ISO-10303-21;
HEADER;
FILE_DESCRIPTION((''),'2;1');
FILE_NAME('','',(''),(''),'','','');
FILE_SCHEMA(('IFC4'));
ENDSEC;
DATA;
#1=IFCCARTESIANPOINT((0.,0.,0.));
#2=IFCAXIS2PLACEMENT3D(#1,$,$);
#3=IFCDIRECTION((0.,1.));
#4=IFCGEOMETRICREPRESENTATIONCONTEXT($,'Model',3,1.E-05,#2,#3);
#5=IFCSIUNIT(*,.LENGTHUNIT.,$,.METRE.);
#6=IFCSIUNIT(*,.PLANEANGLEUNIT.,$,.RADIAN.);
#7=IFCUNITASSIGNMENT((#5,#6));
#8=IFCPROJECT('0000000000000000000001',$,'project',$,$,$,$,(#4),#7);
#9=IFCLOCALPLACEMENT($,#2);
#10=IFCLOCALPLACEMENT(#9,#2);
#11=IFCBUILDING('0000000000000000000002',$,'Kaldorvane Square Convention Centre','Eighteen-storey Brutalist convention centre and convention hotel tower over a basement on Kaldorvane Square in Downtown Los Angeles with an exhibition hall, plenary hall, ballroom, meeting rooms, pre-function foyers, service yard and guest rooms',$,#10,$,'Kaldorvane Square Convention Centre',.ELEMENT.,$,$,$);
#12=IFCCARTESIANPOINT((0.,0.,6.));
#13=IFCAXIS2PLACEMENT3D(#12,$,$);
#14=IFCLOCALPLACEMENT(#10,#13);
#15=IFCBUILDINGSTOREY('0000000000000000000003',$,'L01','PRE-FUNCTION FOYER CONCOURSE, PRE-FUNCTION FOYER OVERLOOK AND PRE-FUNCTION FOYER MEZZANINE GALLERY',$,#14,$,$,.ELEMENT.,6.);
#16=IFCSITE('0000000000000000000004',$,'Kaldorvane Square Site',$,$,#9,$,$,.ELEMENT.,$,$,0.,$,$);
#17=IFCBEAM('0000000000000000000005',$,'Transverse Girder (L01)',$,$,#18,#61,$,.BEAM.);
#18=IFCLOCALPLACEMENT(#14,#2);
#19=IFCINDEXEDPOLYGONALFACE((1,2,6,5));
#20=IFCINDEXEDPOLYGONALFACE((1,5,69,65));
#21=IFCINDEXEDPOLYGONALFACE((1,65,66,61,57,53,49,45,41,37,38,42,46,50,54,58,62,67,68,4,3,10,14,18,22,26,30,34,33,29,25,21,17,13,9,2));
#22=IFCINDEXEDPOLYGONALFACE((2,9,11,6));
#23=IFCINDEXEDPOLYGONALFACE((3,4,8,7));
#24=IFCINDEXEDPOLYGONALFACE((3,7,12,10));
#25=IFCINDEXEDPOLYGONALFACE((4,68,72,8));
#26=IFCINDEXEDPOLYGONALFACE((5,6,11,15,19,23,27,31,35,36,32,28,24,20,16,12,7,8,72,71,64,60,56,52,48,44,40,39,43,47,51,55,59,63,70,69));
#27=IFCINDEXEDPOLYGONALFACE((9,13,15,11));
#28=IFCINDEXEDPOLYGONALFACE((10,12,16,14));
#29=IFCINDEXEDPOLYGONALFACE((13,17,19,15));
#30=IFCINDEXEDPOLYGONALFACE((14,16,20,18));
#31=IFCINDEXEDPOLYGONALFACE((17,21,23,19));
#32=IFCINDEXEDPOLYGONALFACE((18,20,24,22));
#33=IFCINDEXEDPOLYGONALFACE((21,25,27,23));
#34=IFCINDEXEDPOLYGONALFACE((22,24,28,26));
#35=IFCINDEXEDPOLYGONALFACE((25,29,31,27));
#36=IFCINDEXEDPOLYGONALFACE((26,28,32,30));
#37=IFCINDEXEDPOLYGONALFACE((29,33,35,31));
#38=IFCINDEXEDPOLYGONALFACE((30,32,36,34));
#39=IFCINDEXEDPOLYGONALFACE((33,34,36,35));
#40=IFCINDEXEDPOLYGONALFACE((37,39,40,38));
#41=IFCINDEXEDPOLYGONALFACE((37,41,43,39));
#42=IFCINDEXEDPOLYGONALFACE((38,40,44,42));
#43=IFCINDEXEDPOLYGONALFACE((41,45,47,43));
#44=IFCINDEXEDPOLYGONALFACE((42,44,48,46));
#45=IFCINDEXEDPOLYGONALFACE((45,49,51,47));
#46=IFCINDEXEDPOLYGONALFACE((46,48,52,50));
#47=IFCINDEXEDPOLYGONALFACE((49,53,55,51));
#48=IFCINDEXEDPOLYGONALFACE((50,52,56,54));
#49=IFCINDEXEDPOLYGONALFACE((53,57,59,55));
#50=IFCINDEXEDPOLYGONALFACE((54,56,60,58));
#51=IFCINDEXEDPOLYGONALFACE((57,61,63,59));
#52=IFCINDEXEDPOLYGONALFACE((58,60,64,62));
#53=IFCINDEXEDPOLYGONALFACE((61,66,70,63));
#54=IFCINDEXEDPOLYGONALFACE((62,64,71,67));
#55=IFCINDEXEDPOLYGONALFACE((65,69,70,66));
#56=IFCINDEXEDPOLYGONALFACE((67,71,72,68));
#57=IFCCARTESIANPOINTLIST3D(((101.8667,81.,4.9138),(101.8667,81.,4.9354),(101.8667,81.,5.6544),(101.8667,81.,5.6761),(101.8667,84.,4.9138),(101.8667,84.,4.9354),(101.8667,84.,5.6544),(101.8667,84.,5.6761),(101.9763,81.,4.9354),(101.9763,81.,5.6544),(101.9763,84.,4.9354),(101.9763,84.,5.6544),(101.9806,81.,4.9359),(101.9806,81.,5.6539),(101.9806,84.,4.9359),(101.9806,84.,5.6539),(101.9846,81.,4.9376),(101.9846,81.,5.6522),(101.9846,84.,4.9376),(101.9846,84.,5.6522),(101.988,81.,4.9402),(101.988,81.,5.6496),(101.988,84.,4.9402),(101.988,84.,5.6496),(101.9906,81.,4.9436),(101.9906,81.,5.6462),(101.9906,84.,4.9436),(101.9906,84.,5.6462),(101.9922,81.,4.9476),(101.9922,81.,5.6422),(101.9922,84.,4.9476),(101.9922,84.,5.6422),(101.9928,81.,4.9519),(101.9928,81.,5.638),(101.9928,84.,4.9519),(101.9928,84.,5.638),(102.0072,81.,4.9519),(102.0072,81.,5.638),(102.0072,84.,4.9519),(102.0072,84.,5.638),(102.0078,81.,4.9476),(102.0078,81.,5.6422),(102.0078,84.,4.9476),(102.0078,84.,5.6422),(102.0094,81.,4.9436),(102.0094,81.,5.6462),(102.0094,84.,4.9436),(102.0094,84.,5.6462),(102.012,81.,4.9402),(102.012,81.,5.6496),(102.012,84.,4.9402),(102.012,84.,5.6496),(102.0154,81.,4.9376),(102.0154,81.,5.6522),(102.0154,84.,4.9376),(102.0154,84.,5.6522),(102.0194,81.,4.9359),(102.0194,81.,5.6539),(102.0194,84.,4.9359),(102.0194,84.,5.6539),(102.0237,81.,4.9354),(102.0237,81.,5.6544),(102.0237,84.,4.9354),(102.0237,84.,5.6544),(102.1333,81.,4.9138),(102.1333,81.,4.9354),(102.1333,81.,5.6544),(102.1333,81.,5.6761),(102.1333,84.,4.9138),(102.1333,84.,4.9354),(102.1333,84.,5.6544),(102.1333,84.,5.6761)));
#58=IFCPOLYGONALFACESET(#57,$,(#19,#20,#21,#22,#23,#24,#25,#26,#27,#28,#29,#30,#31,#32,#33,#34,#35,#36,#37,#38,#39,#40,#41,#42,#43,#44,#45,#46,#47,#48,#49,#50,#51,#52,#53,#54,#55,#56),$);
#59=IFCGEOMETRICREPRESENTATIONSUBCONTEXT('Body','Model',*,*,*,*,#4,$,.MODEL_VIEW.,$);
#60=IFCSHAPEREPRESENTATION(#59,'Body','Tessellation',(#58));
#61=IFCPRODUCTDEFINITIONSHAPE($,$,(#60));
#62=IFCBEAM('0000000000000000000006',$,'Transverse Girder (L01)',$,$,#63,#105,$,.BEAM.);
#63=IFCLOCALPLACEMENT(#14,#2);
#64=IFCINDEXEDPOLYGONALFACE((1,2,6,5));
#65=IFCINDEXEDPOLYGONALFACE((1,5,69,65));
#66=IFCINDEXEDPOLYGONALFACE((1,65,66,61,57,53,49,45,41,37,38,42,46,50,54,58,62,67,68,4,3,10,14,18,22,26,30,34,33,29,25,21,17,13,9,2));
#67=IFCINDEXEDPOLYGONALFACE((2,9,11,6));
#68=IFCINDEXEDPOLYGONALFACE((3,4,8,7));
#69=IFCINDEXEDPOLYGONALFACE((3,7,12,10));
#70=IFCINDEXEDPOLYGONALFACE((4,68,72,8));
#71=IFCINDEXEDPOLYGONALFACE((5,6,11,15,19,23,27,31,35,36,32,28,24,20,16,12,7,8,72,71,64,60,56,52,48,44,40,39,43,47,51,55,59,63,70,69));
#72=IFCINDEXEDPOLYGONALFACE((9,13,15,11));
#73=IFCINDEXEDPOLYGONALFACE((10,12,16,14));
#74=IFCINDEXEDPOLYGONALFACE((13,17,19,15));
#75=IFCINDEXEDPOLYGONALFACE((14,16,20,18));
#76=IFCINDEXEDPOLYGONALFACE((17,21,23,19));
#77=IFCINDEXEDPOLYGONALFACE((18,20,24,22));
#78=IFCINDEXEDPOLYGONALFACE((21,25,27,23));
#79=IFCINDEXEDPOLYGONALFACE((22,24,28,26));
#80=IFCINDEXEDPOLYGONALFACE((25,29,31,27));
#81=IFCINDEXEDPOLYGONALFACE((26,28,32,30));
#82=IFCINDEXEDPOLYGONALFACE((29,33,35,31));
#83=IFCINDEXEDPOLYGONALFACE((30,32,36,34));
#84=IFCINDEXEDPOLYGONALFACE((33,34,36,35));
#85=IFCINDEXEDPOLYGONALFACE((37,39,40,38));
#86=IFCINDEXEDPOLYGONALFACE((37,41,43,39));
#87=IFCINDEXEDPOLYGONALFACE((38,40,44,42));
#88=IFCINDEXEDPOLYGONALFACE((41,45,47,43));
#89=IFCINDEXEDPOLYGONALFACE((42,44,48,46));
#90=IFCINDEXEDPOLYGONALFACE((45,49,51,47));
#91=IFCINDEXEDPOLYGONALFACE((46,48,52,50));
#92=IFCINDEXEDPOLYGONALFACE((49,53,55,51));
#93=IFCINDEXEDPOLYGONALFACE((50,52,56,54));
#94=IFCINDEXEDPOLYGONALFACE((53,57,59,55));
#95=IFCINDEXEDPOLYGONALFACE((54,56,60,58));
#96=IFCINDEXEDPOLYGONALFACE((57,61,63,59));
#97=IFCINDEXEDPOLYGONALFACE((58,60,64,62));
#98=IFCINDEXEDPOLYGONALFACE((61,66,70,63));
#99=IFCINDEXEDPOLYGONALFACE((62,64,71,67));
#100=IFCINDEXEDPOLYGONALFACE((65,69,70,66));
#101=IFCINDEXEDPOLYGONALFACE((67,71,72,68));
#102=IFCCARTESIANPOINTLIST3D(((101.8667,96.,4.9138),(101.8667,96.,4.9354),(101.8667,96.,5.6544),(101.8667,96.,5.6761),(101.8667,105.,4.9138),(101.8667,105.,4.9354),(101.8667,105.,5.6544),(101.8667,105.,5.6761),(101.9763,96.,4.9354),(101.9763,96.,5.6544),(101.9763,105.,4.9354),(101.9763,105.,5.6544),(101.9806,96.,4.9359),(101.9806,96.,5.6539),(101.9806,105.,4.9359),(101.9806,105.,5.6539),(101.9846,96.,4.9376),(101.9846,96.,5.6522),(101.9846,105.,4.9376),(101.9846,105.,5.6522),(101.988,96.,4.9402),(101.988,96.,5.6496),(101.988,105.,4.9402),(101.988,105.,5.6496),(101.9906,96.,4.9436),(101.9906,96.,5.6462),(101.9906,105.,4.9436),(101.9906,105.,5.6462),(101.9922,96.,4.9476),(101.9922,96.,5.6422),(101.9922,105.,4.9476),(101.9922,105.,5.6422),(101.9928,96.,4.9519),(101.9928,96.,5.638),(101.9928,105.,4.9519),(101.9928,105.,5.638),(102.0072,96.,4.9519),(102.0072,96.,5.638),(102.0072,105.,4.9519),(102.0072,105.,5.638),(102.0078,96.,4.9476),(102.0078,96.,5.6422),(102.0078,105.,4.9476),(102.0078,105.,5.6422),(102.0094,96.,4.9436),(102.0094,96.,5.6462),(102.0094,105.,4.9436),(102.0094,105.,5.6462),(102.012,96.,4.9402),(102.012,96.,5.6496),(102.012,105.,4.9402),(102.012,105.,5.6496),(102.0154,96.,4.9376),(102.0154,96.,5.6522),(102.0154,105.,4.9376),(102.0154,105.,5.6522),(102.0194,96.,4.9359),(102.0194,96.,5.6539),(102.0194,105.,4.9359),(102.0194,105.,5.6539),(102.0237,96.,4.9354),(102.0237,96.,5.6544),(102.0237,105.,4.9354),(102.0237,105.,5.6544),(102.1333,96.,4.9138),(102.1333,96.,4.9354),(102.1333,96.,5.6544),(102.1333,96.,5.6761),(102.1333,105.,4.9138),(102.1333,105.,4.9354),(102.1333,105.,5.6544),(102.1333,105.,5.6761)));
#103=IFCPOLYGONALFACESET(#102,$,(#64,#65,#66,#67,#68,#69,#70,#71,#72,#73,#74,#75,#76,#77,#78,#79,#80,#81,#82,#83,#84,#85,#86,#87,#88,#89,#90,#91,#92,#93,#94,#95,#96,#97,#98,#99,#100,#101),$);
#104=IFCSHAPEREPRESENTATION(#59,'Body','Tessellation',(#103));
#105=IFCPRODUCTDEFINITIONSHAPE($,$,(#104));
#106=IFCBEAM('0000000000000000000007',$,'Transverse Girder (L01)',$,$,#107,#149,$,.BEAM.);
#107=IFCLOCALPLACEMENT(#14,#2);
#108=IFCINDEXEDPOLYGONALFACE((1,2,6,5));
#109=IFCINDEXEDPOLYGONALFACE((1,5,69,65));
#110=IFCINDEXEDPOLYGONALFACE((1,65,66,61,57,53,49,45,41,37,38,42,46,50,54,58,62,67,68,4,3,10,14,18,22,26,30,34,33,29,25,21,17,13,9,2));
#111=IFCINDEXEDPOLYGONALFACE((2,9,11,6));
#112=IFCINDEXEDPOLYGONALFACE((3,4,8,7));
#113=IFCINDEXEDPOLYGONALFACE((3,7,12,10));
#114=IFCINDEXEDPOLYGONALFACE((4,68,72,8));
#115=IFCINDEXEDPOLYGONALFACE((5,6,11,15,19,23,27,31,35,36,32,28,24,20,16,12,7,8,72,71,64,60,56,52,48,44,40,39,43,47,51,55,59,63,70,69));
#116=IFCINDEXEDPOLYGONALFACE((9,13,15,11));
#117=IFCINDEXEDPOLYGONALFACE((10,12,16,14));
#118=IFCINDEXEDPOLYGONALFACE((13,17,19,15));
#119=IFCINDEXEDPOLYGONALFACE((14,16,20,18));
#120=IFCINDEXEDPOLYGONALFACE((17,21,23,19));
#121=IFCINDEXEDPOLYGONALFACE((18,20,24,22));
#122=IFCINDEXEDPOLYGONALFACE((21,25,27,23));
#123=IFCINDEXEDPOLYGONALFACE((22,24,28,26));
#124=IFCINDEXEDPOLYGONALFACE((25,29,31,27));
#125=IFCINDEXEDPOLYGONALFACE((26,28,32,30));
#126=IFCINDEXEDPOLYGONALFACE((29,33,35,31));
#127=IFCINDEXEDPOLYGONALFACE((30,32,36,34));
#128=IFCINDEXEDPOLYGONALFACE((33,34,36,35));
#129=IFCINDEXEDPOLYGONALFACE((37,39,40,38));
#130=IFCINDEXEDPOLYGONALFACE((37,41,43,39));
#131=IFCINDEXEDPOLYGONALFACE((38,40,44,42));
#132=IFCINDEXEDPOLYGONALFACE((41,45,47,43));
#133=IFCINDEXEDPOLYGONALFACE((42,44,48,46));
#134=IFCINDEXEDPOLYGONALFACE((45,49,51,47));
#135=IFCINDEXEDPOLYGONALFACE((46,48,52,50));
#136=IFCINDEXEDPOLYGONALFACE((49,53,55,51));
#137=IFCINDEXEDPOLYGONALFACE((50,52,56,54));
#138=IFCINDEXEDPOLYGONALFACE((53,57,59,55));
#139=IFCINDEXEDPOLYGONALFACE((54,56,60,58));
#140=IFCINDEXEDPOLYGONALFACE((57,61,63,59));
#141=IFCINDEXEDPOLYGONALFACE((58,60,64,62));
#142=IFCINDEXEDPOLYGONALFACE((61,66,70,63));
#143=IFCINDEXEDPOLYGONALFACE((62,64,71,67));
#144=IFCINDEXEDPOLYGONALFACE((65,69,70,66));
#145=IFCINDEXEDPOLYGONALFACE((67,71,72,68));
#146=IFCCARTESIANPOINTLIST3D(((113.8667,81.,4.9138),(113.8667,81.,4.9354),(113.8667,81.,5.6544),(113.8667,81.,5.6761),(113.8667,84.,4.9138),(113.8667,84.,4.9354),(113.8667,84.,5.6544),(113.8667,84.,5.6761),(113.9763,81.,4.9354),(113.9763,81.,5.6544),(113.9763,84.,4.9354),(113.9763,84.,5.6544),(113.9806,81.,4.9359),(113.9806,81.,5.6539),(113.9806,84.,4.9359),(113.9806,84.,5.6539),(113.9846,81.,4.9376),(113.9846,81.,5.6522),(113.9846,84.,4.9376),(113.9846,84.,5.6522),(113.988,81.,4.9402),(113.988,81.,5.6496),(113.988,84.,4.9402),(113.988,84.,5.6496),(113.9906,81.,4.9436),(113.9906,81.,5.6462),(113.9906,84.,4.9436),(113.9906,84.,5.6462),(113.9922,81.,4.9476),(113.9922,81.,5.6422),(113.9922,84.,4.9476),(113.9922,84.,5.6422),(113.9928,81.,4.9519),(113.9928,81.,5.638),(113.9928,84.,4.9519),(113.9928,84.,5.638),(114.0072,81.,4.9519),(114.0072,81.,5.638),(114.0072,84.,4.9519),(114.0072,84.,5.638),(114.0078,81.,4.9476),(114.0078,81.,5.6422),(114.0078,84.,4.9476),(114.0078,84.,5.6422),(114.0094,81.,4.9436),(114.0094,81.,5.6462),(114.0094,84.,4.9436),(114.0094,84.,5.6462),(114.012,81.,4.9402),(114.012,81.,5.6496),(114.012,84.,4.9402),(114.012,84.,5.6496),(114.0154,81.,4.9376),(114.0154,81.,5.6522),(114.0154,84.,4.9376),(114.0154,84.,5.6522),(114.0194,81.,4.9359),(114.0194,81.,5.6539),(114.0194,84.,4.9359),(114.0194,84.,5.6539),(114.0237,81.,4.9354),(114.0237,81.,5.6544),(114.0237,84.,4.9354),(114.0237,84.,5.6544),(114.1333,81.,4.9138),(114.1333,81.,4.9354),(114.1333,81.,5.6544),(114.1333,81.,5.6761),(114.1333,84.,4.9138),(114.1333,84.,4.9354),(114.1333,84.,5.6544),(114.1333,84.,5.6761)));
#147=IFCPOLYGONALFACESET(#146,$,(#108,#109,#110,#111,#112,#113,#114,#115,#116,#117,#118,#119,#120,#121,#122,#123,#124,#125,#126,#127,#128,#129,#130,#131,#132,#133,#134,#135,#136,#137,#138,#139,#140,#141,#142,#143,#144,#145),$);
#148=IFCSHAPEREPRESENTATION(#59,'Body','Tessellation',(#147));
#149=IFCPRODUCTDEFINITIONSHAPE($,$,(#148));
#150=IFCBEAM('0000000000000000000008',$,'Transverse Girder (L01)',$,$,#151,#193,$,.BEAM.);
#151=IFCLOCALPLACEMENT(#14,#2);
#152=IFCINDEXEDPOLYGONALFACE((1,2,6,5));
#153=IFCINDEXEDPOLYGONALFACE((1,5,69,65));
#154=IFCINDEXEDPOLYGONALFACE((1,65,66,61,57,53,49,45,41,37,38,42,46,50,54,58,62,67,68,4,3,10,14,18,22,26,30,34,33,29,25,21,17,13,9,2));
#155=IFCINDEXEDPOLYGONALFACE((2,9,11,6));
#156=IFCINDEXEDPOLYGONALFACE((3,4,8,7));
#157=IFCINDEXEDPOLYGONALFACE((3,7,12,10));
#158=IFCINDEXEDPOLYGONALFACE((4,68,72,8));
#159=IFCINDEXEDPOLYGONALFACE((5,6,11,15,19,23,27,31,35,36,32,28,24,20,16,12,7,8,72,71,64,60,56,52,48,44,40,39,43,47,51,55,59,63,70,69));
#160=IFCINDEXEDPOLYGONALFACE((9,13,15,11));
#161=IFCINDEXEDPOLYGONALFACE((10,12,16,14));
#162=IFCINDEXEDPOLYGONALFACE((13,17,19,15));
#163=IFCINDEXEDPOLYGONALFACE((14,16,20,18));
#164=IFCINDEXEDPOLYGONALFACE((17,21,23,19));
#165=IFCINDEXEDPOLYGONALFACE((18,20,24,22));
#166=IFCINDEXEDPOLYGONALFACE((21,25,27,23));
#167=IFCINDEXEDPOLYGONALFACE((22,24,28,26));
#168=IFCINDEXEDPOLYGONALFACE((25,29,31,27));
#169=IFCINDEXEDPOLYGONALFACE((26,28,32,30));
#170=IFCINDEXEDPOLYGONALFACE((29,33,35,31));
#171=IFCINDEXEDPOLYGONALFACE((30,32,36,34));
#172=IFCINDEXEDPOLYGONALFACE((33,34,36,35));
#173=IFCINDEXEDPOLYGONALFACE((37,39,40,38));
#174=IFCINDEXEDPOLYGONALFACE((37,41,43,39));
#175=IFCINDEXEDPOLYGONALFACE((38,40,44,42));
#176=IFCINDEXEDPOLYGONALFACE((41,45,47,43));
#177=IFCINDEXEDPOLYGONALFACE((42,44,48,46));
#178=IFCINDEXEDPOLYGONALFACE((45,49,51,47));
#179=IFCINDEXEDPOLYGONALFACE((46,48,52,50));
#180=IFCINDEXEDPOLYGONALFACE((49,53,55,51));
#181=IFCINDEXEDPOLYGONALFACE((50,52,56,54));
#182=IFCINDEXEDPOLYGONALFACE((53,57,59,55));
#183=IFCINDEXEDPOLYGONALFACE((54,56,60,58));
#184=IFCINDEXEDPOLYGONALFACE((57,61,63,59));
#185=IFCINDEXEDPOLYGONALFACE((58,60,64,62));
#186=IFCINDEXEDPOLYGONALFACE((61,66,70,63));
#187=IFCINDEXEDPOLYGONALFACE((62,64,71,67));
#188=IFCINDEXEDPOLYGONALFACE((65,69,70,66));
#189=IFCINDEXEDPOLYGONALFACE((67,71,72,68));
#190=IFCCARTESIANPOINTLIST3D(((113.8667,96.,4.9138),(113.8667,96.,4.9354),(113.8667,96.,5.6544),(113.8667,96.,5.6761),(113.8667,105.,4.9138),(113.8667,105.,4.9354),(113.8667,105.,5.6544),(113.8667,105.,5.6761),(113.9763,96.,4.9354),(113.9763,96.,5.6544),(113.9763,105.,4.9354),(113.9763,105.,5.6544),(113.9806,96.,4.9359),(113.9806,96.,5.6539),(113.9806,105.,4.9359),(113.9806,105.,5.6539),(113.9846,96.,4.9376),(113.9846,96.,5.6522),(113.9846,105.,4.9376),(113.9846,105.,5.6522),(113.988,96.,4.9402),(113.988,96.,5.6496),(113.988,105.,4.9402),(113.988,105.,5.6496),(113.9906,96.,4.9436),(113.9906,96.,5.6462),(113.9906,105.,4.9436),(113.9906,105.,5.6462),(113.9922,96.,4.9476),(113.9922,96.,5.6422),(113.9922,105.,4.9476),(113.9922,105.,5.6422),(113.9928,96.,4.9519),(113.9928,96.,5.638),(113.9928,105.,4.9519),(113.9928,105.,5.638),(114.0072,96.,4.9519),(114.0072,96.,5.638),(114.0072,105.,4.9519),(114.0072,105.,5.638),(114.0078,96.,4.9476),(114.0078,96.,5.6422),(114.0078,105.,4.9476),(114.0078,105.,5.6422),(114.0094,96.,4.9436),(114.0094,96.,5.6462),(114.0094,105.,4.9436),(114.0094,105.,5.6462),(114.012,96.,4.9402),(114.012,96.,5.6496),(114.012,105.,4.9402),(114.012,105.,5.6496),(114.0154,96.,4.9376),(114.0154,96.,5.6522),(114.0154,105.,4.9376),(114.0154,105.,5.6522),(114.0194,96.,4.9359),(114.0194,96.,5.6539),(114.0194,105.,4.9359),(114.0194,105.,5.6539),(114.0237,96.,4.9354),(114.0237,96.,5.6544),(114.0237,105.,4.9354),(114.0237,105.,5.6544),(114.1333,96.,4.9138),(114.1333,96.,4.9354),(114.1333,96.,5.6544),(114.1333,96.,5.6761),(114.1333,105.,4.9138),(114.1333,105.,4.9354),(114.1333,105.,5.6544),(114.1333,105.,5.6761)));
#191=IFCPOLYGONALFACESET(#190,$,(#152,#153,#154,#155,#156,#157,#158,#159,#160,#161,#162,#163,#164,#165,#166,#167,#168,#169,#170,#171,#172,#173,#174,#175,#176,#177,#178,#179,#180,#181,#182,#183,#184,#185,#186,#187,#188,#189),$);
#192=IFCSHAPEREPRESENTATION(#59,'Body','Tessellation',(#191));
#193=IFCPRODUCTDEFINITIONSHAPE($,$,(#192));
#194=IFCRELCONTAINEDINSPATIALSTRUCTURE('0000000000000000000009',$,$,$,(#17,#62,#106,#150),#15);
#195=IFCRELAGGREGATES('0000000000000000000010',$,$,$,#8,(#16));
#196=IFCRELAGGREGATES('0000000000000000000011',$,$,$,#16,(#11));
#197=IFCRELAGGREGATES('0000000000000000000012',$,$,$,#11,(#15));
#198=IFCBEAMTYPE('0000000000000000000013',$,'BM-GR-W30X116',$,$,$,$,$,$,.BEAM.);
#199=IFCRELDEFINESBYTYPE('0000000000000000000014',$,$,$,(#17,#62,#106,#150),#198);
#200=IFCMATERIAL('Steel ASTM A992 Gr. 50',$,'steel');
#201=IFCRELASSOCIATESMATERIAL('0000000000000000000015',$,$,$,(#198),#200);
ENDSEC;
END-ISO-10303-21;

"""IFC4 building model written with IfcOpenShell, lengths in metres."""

from ifc_helpers import new_model, si_unit, direction, frame, origin, origin_2d, place, context, subcontext, project, spatial, i_section, extrude, material, material_profile, profile_set, type_object, element, save


model = new_model("IFC4")

# Units and contexts
model_context = context("Model", 3, precision=1e-05, world=origin(), true_north=direction((0.0, 1.0)))
body_context = subcontext(model_context, "Body", "Model", "MODEL_VIEW")
ifc_project = project(units=[si_unit("LENGTHUNIT", "METRE"), si_unit("PLANEANGLEUNIT", "RADIAN")], contexts=[model_context])

# Site, building, storey
site_placement = place(None, origin())
site = spatial("IfcSite", under=ifc_project, at=site_placement, Name="Kaldorvane Square Site", CompositionType="ELEMENT", RefElevation=0.0)
building_placement = place(site_placement, origin())
building = spatial("IfcBuilding", under=site, at=building_placement, Name="Kaldorvane Square Convention Centre", Description="Eighteen-storey Brutalist convention centre and convention hotel tower over a basement on Kaldorvane Square in Downtown Los Angeles with an exhibition hall, plenary hall, ballroom, meeting rooms, pre-function foyers, service yard and guest rooms", LongName="Kaldorvane Square Convention Centre", CompositionType="ELEMENT")
storey_placement = place(building_placement, frame((0.0, 0.0, 6.0)))
storey = spatial("IfcBuildingStorey", under=building, at=storey_placement, Name="L01", Description="PRE-FUNCTION FOYER CONCOURSE, PRE-FUNCTION FOYER OVERLOOK AND PRE-FUNCTION FOYER MEZZANINE GALLERY", CompositionType="ELEMENT", Elevation=6.0)

# Shared definitions
ifc_material_1 = material(Name="Steel ASTM A992 Gr. 50", Category="steel")

# Beams
ifc_material_profile_1 = material_profile(ifc_material_1, i_section(OverallWidth=0.2666, OverallDepth=0.7623, WebThickness=0.0144, FlangeThickness=0.0216, FilletRadius=0.0165, at=origin_2d()), Name="W30X116")
ifc_profile_set_1 = profile_set([ifc_material_profile_1], Name="Steel ASTM A992 Gr. 50")
beam_type_1 = type_object("IfcBeamType", Name="BM-GR-W30X116", PredefinedType="BEAM", material=ifc_profile_set_1)
beam_1_placement = place(storey_placement, frame((102.0, 81.0, 5.2949), z_axis=(0.0, 1.0, 0.0), x_axis=(-1.0, 0.0, 0.0)))
element("IfcBeam", 1, at=beam_1_placement, inside=storey, type_object=beam_type_1, Name="Transverse Girder (L01)", PredefinedType="BEAM", context=body_context, shape_type="SweptSolid", body=[
    extrude(i_section(OverallWidth=0.2666, OverallDepth=0.7623, WebThickness=0.0144, FlangeThickness=0.0216, FilletRadius=0.0165, at=origin_2d()), origin(), (0.0, 0.0, 1.0), 3.0),
])
beam_2_placement = place(storey_placement, frame((102.0, 96.0, 5.2949), z_axis=(0.0, 1.0, 0.0), x_axis=(-1.0, 0.0, 0.0)))
element("IfcBeam", 2, at=beam_2_placement, inside=storey, type_object=beam_type_1, Name="Transverse Girder (L01)", PredefinedType="BEAM", context=body_context, shape_type="SweptSolid", body=[
    extrude(i_section(OverallWidth=0.2666, OverallDepth=0.7623, WebThickness=0.0144, FlangeThickness=0.0216, FilletRadius=0.0165, at=origin_2d()), origin(), (0.0, 0.0, 1.0), 9.0),
])
beam_3_placement = place(storey_placement, frame((114.0, 81.0, 5.2949), z_axis=(0.0, 1.0, 0.0), x_axis=(-1.0, 0.0, 0.0)))
element("IfcBeam", 3, at=beam_3_placement, inside=storey, type_object=beam_type_1, Name="Transverse Girder (L01)", PredefinedType="BEAM", context=body_context, shape_type="SweptSolid", body=[
    extrude(i_section(OverallWidth=0.2666, OverallDepth=0.7623, WebThickness=0.0144, FlangeThickness=0.0216, FilletRadius=0.0165, at=origin_2d()), origin(), (0.0, 0.0, 1.0), 3.0),
])
beam_4_placement = place(storey_placement, frame((114.0, 96.0, 5.2949), z_axis=(0.0, 1.0, 0.0), x_axis=(-1.0, 0.0, 0.0)))
element("IfcBeam", 4, at=beam_4_placement, inside=storey, type_object=beam_type_1, Name="Transverse Girder (L01)", PredefinedType="BEAM", context=body_context, shape_type="SweptSolid", body=[
    extrude(i_section(OverallWidth=0.2666, OverallDepth=0.7623, WebThickness=0.0144, FlangeThickness=0.0216, FilletRadius=0.0165, at=origin_2d()), origin(), (0.0, 0.0, 1.0), 9.0),
])

save(model, "model.ifc")
